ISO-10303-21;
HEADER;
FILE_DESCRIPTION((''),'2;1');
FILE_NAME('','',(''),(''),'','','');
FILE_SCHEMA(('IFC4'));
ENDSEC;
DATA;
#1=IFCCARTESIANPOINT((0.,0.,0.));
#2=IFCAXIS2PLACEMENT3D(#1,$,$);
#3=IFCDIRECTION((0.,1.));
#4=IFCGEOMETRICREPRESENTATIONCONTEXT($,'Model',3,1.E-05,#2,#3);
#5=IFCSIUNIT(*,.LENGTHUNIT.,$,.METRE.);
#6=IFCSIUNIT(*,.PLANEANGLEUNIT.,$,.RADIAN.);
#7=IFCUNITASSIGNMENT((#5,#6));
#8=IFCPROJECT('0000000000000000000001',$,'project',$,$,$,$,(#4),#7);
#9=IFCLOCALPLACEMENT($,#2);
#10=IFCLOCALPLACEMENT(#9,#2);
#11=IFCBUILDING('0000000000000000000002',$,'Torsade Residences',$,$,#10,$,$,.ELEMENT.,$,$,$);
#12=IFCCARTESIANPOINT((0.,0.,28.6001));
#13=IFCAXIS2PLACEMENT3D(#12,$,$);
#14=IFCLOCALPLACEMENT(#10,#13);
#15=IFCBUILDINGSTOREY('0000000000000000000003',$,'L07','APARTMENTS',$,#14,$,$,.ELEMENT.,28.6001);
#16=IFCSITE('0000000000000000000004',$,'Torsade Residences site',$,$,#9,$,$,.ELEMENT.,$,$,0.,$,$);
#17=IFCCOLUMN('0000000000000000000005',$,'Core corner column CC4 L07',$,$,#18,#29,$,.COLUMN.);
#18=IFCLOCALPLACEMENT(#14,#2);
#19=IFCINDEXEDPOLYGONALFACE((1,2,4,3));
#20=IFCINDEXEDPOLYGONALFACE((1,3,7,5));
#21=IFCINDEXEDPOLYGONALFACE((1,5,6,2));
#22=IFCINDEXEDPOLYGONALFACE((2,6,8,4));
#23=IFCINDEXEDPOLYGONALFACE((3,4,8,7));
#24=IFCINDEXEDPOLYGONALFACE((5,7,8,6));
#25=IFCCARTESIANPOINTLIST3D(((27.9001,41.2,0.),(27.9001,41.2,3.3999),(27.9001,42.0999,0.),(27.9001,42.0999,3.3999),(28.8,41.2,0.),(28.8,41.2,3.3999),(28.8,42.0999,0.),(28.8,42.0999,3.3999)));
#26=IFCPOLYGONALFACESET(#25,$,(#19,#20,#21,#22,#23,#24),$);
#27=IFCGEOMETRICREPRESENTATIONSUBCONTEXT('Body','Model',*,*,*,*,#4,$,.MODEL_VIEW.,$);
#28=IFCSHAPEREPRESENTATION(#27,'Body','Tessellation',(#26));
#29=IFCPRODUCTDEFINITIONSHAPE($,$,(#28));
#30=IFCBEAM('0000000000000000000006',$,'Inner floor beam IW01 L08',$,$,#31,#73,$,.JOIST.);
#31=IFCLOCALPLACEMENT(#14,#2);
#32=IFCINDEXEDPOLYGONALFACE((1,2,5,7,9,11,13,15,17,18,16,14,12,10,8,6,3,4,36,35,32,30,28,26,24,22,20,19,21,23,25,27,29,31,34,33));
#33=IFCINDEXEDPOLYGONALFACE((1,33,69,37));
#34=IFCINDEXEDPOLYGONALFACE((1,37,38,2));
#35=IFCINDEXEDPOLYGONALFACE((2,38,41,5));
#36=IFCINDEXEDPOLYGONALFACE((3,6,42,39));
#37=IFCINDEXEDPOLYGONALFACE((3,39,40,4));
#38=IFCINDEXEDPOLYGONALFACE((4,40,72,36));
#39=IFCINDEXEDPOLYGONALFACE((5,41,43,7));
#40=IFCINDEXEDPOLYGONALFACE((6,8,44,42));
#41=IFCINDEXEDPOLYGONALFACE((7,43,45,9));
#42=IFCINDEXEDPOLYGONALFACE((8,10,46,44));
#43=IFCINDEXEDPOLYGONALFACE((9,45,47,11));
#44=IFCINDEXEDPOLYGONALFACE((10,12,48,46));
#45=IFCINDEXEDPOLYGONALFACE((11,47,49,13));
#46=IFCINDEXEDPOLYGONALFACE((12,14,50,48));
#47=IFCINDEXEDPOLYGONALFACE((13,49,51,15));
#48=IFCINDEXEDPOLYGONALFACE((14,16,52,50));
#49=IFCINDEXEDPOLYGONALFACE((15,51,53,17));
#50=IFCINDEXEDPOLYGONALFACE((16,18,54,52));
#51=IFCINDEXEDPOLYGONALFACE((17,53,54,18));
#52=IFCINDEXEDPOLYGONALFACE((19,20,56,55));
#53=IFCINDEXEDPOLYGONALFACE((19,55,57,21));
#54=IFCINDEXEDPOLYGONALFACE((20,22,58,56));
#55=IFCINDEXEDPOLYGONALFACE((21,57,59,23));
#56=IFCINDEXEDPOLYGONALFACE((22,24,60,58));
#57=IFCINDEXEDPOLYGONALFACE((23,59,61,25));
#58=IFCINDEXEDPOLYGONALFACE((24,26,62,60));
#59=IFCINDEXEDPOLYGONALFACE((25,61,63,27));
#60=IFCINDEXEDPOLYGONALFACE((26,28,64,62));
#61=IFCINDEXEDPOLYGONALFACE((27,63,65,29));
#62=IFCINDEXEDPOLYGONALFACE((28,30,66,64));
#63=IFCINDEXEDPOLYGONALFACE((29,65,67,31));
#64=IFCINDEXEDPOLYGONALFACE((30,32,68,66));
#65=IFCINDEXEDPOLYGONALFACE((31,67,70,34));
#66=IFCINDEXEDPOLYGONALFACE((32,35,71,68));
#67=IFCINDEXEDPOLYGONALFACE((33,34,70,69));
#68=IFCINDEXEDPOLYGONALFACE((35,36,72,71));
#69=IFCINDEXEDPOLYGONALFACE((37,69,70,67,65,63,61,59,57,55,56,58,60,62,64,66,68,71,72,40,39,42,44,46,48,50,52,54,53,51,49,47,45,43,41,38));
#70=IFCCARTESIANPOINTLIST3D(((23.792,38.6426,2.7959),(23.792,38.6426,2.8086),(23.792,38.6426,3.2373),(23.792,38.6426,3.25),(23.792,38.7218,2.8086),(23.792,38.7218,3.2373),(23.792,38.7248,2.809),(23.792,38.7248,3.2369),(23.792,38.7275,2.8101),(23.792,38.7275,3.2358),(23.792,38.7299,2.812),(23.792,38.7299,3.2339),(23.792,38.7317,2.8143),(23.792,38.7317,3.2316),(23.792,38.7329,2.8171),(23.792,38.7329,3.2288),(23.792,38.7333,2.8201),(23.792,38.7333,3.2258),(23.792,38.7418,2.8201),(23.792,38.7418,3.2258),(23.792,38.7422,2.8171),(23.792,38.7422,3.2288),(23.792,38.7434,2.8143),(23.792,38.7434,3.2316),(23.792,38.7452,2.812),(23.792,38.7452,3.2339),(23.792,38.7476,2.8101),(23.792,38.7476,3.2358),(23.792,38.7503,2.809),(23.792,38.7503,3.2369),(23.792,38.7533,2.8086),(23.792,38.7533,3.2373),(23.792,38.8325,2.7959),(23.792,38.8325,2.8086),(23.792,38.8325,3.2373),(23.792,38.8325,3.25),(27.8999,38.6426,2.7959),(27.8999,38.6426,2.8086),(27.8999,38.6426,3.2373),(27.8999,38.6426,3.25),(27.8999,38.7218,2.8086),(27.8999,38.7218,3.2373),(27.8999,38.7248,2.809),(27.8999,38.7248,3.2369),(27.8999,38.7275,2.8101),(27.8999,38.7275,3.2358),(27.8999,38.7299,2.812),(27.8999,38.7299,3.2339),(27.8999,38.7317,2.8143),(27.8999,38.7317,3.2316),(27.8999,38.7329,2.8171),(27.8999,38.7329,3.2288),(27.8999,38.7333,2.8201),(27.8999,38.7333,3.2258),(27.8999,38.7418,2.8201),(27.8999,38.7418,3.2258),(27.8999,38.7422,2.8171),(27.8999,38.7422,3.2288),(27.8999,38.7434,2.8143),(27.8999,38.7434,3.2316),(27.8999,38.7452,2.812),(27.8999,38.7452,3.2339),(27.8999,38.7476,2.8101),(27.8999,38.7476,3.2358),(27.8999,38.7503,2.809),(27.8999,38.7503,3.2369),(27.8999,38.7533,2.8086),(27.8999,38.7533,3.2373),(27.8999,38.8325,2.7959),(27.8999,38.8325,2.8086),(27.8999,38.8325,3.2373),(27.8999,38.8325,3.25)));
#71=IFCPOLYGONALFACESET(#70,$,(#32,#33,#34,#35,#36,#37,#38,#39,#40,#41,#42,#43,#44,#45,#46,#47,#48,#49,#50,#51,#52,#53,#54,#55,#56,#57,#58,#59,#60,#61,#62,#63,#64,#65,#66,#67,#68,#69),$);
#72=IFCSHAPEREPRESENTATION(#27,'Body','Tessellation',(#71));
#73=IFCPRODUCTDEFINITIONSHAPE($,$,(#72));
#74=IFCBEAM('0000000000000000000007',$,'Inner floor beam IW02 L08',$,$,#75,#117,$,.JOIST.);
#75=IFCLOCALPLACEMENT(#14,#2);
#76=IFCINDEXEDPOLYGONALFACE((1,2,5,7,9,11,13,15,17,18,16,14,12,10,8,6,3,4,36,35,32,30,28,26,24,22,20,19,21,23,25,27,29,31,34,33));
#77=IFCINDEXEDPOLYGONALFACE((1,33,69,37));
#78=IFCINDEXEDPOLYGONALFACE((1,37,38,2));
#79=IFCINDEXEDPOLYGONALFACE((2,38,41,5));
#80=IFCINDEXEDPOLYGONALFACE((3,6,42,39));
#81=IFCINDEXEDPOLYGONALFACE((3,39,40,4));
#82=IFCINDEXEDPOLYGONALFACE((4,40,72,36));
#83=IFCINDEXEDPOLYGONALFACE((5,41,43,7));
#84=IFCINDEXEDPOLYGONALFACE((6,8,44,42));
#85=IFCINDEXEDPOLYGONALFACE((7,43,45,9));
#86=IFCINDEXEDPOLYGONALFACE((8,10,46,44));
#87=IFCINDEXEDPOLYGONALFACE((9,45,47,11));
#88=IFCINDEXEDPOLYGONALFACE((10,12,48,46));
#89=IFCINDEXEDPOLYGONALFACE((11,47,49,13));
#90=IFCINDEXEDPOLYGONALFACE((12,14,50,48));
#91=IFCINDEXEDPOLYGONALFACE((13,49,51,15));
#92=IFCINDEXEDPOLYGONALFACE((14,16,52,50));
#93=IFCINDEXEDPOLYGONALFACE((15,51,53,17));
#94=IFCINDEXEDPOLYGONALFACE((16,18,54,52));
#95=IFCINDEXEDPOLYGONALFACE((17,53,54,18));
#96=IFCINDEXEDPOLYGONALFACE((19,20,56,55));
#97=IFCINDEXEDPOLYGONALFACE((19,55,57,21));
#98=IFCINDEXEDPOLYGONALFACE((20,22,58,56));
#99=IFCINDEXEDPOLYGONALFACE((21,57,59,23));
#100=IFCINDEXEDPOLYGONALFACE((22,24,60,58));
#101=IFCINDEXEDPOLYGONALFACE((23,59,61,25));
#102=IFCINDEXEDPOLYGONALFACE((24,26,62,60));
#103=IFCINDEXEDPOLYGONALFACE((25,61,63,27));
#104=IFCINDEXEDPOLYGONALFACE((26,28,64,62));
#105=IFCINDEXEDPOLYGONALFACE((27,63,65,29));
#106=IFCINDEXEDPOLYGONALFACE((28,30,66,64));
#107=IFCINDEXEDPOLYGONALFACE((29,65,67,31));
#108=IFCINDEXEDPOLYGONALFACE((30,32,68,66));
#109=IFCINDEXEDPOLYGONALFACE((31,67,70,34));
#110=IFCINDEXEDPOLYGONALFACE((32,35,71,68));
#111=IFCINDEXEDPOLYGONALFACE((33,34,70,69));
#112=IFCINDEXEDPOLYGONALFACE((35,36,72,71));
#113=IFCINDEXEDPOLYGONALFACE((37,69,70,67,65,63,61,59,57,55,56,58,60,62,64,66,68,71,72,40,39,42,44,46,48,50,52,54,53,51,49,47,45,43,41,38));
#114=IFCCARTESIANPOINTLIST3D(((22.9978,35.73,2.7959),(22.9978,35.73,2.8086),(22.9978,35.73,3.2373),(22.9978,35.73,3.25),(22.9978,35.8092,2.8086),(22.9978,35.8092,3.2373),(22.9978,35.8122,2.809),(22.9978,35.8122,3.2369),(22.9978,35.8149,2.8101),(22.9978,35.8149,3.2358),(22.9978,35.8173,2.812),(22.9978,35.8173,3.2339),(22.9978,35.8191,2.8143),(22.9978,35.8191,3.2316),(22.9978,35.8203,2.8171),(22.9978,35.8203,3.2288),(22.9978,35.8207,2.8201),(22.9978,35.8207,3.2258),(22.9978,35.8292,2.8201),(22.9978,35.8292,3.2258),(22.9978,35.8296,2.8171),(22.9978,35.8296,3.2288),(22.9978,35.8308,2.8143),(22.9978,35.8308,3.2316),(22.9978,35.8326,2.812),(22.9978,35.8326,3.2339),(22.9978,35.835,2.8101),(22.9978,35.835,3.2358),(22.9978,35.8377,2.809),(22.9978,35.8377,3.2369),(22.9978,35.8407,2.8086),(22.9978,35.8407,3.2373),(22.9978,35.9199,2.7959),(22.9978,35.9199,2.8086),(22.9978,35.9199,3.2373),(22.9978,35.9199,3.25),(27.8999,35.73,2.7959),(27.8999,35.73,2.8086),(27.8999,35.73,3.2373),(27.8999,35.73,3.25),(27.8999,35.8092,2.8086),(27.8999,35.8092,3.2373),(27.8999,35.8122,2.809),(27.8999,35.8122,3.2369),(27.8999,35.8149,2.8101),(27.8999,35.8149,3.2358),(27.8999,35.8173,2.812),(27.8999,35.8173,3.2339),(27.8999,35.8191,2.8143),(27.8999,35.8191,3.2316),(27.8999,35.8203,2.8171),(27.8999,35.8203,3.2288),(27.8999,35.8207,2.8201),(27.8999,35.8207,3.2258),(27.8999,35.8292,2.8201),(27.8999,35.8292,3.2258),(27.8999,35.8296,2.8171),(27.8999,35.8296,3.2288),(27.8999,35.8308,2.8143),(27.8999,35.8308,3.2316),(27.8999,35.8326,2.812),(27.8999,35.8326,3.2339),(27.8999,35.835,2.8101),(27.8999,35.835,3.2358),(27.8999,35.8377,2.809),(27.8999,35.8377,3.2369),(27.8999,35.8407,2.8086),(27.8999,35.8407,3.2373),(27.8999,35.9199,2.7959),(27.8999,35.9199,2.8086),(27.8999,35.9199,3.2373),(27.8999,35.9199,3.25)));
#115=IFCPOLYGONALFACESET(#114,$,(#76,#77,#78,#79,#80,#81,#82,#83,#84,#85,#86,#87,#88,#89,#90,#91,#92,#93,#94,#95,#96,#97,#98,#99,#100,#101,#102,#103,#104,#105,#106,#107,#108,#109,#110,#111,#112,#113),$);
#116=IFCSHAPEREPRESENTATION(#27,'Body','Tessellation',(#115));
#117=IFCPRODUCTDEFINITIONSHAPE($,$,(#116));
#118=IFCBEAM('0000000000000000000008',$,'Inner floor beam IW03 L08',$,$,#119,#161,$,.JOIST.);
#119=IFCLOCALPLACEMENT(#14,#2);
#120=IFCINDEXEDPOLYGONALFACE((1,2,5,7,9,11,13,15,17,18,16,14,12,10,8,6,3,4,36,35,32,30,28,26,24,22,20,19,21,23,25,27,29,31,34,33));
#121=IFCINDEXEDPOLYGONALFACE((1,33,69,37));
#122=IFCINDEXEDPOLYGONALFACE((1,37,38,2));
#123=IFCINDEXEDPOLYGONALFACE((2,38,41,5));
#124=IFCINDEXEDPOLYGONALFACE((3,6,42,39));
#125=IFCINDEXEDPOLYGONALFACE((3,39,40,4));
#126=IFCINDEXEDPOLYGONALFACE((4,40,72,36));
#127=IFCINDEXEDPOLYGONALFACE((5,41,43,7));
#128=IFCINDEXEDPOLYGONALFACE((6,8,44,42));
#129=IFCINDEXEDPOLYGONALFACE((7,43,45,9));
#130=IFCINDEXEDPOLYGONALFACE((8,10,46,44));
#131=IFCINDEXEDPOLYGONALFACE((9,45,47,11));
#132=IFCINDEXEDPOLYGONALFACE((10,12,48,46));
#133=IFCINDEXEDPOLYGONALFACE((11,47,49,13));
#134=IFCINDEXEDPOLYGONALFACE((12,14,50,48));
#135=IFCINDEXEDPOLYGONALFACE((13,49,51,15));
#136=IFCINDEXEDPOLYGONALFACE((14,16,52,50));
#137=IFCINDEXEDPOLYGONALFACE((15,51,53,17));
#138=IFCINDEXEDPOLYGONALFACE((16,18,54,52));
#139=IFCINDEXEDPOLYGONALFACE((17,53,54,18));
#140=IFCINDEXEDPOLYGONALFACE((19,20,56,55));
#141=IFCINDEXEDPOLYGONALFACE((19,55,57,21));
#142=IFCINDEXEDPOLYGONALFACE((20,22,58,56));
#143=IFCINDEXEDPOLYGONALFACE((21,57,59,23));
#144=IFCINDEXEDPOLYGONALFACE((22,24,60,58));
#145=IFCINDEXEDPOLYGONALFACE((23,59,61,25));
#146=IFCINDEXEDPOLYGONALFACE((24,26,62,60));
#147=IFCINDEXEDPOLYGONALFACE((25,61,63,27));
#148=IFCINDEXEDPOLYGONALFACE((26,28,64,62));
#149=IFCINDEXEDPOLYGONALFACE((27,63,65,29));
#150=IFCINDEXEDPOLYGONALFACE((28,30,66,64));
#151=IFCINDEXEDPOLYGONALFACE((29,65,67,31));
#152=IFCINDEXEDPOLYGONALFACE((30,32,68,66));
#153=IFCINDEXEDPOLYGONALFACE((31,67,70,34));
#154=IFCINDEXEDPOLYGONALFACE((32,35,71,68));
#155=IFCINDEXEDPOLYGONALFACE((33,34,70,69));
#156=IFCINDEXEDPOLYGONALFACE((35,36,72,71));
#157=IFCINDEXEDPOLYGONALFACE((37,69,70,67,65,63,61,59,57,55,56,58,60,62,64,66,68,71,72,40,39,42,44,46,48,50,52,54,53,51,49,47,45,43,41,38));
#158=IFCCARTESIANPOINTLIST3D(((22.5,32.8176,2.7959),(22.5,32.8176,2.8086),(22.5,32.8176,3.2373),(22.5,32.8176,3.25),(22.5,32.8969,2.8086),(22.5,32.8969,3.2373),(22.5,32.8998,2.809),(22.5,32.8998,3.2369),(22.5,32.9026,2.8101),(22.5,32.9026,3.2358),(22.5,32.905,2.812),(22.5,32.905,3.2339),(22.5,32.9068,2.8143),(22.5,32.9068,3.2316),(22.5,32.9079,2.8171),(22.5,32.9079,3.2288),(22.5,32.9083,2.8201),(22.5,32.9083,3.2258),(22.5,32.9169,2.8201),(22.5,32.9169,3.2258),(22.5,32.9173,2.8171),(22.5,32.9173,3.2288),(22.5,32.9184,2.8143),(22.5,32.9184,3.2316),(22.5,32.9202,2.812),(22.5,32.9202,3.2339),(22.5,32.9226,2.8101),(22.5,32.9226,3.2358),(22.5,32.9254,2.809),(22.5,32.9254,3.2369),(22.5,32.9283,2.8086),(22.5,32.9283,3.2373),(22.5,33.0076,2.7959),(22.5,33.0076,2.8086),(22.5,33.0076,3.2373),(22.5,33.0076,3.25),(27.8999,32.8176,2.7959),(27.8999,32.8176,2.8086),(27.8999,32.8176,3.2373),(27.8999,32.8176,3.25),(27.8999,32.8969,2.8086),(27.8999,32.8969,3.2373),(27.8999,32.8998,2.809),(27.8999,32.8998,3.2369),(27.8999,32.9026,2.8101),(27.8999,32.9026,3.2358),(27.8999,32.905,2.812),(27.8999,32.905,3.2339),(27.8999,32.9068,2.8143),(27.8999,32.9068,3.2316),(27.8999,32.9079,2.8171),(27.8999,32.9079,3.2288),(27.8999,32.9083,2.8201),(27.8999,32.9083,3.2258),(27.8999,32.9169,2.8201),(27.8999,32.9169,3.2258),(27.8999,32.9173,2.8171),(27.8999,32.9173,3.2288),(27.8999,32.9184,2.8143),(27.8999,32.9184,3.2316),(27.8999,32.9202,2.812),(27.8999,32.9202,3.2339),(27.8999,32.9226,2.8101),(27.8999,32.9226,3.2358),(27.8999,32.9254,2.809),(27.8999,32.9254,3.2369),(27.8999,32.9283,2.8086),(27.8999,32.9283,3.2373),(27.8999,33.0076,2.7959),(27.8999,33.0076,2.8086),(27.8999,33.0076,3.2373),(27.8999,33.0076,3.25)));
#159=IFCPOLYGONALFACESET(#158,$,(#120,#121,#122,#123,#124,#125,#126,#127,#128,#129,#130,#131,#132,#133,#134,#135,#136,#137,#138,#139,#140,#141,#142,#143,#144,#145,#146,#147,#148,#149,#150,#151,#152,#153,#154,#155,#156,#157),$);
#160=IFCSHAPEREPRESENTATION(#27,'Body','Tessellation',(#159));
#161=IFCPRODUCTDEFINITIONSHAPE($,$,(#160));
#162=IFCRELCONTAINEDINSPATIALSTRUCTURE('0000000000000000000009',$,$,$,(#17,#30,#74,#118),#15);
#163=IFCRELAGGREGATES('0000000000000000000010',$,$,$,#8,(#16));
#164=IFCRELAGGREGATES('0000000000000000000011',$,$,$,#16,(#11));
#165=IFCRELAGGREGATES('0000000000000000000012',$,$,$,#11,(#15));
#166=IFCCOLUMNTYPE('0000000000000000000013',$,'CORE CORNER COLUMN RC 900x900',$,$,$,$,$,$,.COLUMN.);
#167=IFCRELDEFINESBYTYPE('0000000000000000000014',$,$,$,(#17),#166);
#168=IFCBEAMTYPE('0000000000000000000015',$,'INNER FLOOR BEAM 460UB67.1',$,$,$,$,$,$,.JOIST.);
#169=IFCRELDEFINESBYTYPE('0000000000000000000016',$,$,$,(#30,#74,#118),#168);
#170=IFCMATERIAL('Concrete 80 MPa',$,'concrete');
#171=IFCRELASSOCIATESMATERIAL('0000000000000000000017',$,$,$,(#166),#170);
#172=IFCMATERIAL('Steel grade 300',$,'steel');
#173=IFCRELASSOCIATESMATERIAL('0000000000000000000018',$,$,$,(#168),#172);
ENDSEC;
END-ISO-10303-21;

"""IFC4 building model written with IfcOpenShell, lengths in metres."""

from ifc_helpers import new_model, si_unit, direction, frame, origin, origin_2d, place, context, subcontext, project, spatial, rectangle, i_section, extrude, material, material_profile, profile_set, type_object, element, save


model = new_model("IFC4")

# Units and contexts
model_context = context("Model", 3, precision=1e-05, world=origin(), true_north=direction((0.0, 1.0)))
body_context = subcontext(model_context, "Body", "Model", "MODEL_VIEW")
ifc_project = project(units=[si_unit("LENGTHUNIT", "METRE"), si_unit("PLANEANGLEUNIT", "RADIAN")], contexts=[model_context])

# Site, building, storey
site_placement = place(None, origin())
site = spatial("IfcSite", under=ifc_project, at=site_placement, Name="Torsade Residences site", CompositionType="ELEMENT", RefElevation=0.0)
building_placement = place(site_placement, origin())
building = spatial("IfcBuilding", under=site, at=building_placement, Name="Torsade Residences", CompositionType="ELEMENT")
storey_placement = place(building_placement, frame((0.0, 0.0, 28.6001)))
storey = spatial("IfcBuildingStorey", under=building, at=storey_placement, Name="L07", Description="APARTMENTS", CompositionType="ELEMENT", Elevation=28.6001)

# Column
ifc_material_1 = material(Name="Concrete 80 MPa", Category="concrete")
ifc_material_profile_1 = material_profile(ifc_material_1, rectangle(XDim=0.8999, YDim=0.8999, at=origin_2d()), Name="RC 900x900")
ifc_profile_set_1 = profile_set([ifc_material_profile_1], Name="Concrete 80 MPa")
column_type = type_object("IfcColumnType", Name="CORE CORNER COLUMN RC 900x900", PredefinedType="COLUMN", material=ifc_profile_set_1)
column_placement = place(storey_placement, frame((28.3501, 41.6499, 0.0), z_axis=(0.0, 0.0, 1.0), x_axis=(1.0, 0.0, 0.0)))
element("IfcColumn", 1, at=column_placement, inside=storey, type_object=column_type, Name="Core corner column CC4 L07", PredefinedType="COLUMN", context=body_context, shape_type="SweptSolid", body=[
    extrude(rectangle(XDim=0.8999, YDim=0.8999, at=origin_2d()), origin(), (0.0, 0.0, 1.0), 3.3999),
])

# Beams
ifc_material_2 = material(Name="Steel grade 300", Category="steel")
ifc_material_profile_2 = material_profile(ifc_material_2, i_section(OverallWidth=0.1899, OverallDepth=0.4541, WebThickness=0.0085, FlangeThickness=0.0127, FilletRadius=0.0115, at=origin_2d()), Name="460UB67.1")
ifc_profile_set_2 = profile_set([ifc_material_profile_2], Name="Steel grade 300")
beam_type_1 = type_object("IfcBeamType", Name="INNER FLOOR BEAM 460UB67.1", PredefinedType="JOIST", material=ifc_profile_set_2)
beam_1_placement = place(storey_placement, frame((27.8999, 38.7375, 3.0229), z_axis=(-1.0, 0.0, 0.0), x_axis=(0.0, -1.0, 0.0)))
element("IfcBeam", 2, at=beam_1_placement, inside=storey, type_object=beam_type_1, Name="Inner floor beam IW01 L08", PredefinedType="JOIST", context=body_context, shape_type="SweptSolid", body=[
    extrude(i_section(OverallWidth=0.1899, OverallDepth=0.4541, WebThickness=0.0085, FlangeThickness=0.0127, FilletRadius=0.0115, at=origin_2d()), origin(), (0.0, 0.0, 1.0), 4.1079),
])
beam_2_placement = place(storey_placement, frame((27.8999, 35.825, 3.0229), z_axis=(-1.0, 0.0, 0.0), x_axis=(0.0, -1.0, 0.0)))
element("IfcBeam", 3, at=beam_2_placement, inside=storey, type_object=beam_type_1, Name="Inner floor beam IW02 L08", PredefinedType="JOIST", context=body_context, shape_type="SweptSolid", body=[
    extrude(i_section(OverallWidth=0.1899, OverallDepth=0.4541, WebThickness=0.0085, FlangeThickness=0.0127, FilletRadius=0.0115, at=origin_2d()), origin(), (0.0, 0.0, 1.0), 4.9021),
])
for number, where, z_axis, x_axis, name in (
    (4, (27.8999, 32.9126, 3.0229), (-1.0, 0.0, 0.0), (0.0, -1.0, 0.0), "Inner floor beam IW03 L08"),
):
    element("IfcBeam", number, at=place(storey_placement, frame(where, z_axis=z_axis, x_axis=x_axis)), inside=storey, type_object=beam_type_1, Name=name, PredefinedType="JOIST", context=body_context, shape_type="SweptSolid", body=[
        extrude(i_section(OverallWidth=0.1899, OverallDepth=0.4541, WebThickness=0.0085, FlangeThickness=0.0127, FilletRadius=0.0115, at=origin_2d()), origin(), (0.0, 0.0, 1.0), 5.3999),
    ])

save(model, "model.ifc")
